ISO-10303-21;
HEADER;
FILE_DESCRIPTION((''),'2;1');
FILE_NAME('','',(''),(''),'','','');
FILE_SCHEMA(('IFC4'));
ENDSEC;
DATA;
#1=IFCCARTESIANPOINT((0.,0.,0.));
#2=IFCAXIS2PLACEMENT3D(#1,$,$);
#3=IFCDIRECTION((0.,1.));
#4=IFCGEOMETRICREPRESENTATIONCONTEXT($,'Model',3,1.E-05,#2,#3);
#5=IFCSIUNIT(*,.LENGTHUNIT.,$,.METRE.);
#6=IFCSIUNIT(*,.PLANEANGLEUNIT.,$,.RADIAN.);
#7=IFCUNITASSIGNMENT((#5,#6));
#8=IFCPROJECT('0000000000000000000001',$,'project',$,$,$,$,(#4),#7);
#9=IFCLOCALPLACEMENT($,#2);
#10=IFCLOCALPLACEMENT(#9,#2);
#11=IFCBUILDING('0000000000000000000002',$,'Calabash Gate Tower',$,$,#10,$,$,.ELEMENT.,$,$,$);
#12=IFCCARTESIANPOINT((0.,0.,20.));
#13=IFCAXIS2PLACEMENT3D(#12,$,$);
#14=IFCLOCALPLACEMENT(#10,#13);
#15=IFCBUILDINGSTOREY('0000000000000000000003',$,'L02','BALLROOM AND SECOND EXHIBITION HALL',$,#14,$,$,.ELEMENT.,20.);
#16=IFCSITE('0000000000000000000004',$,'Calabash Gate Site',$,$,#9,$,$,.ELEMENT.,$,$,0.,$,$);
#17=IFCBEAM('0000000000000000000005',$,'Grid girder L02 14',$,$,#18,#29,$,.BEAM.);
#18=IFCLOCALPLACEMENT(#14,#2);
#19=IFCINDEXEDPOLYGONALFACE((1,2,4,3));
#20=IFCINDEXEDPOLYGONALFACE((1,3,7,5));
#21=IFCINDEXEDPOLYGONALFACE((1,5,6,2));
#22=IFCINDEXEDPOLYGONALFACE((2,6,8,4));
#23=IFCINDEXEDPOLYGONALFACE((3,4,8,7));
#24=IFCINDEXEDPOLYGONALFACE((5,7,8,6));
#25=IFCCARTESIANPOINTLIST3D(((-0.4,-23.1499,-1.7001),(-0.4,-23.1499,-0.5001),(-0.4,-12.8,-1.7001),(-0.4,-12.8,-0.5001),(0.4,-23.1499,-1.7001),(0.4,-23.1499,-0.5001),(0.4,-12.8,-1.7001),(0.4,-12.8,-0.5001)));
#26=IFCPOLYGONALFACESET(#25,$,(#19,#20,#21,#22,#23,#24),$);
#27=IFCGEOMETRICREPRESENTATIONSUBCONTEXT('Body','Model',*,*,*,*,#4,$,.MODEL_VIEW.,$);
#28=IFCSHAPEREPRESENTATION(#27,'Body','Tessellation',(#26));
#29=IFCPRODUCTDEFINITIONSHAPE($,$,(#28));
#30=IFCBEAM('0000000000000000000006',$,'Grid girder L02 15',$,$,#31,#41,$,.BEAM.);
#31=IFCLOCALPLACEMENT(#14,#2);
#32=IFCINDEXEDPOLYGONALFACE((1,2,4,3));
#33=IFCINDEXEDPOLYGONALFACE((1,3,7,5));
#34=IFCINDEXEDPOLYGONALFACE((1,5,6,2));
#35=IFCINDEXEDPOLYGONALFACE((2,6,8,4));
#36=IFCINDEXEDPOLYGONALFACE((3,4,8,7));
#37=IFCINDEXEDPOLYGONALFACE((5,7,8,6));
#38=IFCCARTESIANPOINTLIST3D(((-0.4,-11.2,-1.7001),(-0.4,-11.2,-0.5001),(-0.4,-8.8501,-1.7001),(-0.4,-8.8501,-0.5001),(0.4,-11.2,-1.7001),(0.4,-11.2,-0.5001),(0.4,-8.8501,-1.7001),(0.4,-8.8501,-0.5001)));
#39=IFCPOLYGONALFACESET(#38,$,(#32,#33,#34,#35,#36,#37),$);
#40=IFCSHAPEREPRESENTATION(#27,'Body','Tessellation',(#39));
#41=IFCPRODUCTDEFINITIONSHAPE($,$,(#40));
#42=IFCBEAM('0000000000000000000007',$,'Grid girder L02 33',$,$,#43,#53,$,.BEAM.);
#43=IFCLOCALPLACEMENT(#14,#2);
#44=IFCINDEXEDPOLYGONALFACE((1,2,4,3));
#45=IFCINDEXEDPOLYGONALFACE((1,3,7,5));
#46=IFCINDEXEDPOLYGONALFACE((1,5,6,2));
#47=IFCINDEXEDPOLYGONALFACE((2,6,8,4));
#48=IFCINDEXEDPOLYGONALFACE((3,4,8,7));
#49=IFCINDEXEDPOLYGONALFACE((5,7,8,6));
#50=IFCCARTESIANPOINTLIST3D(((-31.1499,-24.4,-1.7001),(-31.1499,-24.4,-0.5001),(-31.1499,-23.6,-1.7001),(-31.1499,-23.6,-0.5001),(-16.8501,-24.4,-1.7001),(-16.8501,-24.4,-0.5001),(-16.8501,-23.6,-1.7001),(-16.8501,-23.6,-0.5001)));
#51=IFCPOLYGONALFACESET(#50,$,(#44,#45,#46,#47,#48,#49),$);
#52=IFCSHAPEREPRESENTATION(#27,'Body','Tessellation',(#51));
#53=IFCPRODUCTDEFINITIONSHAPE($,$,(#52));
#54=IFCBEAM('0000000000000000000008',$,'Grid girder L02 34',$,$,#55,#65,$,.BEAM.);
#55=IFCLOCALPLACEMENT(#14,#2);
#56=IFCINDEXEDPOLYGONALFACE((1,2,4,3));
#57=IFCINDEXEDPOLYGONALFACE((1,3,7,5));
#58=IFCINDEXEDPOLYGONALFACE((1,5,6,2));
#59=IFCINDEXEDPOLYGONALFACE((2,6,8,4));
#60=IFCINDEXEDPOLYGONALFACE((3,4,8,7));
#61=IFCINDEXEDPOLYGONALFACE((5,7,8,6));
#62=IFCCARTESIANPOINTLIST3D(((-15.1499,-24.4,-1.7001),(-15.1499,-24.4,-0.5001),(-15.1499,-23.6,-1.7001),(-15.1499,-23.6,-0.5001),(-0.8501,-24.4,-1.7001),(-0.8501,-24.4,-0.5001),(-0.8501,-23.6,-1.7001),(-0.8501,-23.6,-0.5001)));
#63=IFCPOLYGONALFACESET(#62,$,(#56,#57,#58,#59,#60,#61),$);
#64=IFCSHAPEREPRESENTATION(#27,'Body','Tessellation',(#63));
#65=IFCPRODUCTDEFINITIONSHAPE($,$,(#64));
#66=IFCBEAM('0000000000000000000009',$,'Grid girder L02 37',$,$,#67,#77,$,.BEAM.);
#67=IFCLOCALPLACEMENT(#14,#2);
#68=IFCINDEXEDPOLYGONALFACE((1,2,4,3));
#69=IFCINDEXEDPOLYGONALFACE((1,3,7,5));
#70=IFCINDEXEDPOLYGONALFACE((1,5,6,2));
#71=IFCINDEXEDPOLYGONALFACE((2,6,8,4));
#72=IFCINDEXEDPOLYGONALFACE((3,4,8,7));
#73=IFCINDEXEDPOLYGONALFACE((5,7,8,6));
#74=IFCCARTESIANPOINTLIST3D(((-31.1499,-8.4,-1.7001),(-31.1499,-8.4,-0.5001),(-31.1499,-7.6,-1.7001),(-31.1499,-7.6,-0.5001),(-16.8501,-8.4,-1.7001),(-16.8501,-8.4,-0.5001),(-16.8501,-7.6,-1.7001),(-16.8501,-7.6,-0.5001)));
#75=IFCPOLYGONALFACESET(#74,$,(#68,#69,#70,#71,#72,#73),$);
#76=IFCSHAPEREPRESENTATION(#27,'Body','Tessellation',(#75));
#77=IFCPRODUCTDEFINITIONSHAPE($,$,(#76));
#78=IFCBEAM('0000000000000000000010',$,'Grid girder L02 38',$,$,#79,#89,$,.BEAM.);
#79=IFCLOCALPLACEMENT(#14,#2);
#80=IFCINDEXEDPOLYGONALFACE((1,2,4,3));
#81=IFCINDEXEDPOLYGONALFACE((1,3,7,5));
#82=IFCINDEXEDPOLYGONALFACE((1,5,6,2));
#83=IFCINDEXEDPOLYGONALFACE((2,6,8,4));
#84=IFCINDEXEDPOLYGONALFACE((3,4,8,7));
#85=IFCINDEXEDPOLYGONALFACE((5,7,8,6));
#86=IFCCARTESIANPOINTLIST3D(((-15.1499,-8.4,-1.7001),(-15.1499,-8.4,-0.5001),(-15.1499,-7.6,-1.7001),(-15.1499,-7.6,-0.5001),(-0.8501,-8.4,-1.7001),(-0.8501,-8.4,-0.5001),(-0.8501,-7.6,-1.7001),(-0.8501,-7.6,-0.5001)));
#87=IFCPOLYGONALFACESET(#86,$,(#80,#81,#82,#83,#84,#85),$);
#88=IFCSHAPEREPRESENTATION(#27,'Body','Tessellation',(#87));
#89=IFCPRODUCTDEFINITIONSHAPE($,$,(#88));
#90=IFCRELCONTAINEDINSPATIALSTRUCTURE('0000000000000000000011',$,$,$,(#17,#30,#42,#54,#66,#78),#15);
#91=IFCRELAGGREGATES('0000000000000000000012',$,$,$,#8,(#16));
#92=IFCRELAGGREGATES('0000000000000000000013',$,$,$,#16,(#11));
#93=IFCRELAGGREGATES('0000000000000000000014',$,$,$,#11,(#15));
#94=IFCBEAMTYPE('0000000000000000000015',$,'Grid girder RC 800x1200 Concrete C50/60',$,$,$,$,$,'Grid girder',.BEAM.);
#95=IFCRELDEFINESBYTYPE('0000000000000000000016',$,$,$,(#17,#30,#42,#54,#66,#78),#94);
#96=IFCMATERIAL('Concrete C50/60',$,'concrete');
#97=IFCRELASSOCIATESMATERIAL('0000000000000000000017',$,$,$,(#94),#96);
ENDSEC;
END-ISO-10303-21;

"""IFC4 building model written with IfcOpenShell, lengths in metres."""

from ifc_helpers import new_model, si_unit, direction, frame, origin, origin_2d, place, context, subcontext, project, spatial, rectangle, extrude, material, material_profile, profile_set, type_object, element, save


model = new_model("IFC4")

# Units and contexts
model_context = context("Model", 3, precision=1e-05, world=origin(), true_north=direction((0.0, 1.0)))
body_context = subcontext(model_context, "Body", "Model", "MODEL_VIEW")
ifc_project = project(units=[si_unit("LENGTHUNIT", "METRE"), si_unit("PLANEANGLEUNIT", "RADIAN")], contexts=[model_context])

# Site, building, storey
site_placement = place(None, origin())
site = spatial("IfcSite", under=ifc_project, at=site_placement, Name="Calabash Gate Site", CompositionType="ELEMENT", RefElevation=0.0)
building_placement = place(site_placement, origin())
building = spatial("IfcBuilding", under=site, at=building_placement, Name="Calabash Gate Tower", CompositionType="ELEMENT")
storey_placement = place(building_placement, frame((0.0, 0.0, 20.0)))
storey = spatial("IfcBuildingStorey", under=building, at=storey_placement, Name="L02", Description="BALLROOM AND SECOND EXHIBITION HALL", CompositionType="ELEMENT", Elevation=20.0)

# Beams
ifc_material_1 = material(Name="Concrete C50/60", Category="concrete")
ifc_material_profile_1 = material_profile(ifc_material_1, rectangle(XDim=0.8, YDim=1.2, at=origin_2d()))
ifc_profile_set_1 = profile_set([ifc_material_profile_1], Name="Concrete C50/60")
beam_type_1 = type_object("IfcBeamType", Name="Grid girder RC 800x1200 Concrete C50/60", ElementType="Grid girder", PredefinedType="BEAM", material=ifc_profile_set_1)
beam_1_placement = place(storey_placement, frame((0.0, -23.1499, -1.1001), z_axis=(0.0, 1.0, 0.0), x_axis=(-1.0, 0.0, 0.0)))
element("IfcBeam", 1, at=beam_1_placement, inside=storey, type_object=beam_type_1, Name="Grid girder L02 14", PredefinedType="BEAM", context=body_context, shape_type="SweptSolid", body=[
    extrude(rectangle(XDim=0.8, YDim=1.2, at=origin_2d()), origin(), (0.0, 0.0, 1.0), 10.3499),
])
beam_2_placement = place(storey_placement, frame((0.0, -11.2, -1.1001), z_axis=(0.0, 1.0, 0.0), x_axis=(-1.0, 0.0, 0.0)))
element("IfcBeam", 2, at=beam_2_placement, inside=storey, type_object=beam_type_1, Name="Grid girder L02 15", PredefinedType="BEAM", context=body_context, shape_type="SweptSolid", body=[
    extrude(rectangle(XDim=0.8, YDim=1.2, at=origin_2d()), origin(), (0.0, 0.0, 1.0), 2.3499),
])
for number, where, z_axis, x_axis, name in (
    (3, (-31.1499, -24.0, -1.1001), (1.0, 0.0, 0.0), (0.0, 1.0, 0.0), "Grid girder L02 33"),
    (4, (-15.1499, -24.0, -1.1001), (1.0, 0.0, 0.0), (0.0, 1.0, 0.0), "Grid girder L02 34"),
    (5, (-31.1499, -8.0, -1.1001), (1.0, 0.0, 0.0), (0.0, 1.0, 0.0), "Grid girder L02 37"),
    (6, (-15.1499, -8.0, -1.1001), (1.0, 0.0, 0.0), (0.0, 1.0, 0.0), "Grid girder L02 38"),
):
    element("IfcBeam", number, at=place(storey_placement, frame(where, z_axis=z_axis, x_axis=x_axis)), inside=storey, type_object=beam_type_1, Name=name, PredefinedType="BEAM", context=body_context, shape_type="SweptSolid", body=[
        extrude(rectangle(XDim=0.8, YDim=1.2, at=origin_2d()), origin(), (0.0, 0.0, 1.0), 14.2998),
    ])

save(model, "model.ifc")
